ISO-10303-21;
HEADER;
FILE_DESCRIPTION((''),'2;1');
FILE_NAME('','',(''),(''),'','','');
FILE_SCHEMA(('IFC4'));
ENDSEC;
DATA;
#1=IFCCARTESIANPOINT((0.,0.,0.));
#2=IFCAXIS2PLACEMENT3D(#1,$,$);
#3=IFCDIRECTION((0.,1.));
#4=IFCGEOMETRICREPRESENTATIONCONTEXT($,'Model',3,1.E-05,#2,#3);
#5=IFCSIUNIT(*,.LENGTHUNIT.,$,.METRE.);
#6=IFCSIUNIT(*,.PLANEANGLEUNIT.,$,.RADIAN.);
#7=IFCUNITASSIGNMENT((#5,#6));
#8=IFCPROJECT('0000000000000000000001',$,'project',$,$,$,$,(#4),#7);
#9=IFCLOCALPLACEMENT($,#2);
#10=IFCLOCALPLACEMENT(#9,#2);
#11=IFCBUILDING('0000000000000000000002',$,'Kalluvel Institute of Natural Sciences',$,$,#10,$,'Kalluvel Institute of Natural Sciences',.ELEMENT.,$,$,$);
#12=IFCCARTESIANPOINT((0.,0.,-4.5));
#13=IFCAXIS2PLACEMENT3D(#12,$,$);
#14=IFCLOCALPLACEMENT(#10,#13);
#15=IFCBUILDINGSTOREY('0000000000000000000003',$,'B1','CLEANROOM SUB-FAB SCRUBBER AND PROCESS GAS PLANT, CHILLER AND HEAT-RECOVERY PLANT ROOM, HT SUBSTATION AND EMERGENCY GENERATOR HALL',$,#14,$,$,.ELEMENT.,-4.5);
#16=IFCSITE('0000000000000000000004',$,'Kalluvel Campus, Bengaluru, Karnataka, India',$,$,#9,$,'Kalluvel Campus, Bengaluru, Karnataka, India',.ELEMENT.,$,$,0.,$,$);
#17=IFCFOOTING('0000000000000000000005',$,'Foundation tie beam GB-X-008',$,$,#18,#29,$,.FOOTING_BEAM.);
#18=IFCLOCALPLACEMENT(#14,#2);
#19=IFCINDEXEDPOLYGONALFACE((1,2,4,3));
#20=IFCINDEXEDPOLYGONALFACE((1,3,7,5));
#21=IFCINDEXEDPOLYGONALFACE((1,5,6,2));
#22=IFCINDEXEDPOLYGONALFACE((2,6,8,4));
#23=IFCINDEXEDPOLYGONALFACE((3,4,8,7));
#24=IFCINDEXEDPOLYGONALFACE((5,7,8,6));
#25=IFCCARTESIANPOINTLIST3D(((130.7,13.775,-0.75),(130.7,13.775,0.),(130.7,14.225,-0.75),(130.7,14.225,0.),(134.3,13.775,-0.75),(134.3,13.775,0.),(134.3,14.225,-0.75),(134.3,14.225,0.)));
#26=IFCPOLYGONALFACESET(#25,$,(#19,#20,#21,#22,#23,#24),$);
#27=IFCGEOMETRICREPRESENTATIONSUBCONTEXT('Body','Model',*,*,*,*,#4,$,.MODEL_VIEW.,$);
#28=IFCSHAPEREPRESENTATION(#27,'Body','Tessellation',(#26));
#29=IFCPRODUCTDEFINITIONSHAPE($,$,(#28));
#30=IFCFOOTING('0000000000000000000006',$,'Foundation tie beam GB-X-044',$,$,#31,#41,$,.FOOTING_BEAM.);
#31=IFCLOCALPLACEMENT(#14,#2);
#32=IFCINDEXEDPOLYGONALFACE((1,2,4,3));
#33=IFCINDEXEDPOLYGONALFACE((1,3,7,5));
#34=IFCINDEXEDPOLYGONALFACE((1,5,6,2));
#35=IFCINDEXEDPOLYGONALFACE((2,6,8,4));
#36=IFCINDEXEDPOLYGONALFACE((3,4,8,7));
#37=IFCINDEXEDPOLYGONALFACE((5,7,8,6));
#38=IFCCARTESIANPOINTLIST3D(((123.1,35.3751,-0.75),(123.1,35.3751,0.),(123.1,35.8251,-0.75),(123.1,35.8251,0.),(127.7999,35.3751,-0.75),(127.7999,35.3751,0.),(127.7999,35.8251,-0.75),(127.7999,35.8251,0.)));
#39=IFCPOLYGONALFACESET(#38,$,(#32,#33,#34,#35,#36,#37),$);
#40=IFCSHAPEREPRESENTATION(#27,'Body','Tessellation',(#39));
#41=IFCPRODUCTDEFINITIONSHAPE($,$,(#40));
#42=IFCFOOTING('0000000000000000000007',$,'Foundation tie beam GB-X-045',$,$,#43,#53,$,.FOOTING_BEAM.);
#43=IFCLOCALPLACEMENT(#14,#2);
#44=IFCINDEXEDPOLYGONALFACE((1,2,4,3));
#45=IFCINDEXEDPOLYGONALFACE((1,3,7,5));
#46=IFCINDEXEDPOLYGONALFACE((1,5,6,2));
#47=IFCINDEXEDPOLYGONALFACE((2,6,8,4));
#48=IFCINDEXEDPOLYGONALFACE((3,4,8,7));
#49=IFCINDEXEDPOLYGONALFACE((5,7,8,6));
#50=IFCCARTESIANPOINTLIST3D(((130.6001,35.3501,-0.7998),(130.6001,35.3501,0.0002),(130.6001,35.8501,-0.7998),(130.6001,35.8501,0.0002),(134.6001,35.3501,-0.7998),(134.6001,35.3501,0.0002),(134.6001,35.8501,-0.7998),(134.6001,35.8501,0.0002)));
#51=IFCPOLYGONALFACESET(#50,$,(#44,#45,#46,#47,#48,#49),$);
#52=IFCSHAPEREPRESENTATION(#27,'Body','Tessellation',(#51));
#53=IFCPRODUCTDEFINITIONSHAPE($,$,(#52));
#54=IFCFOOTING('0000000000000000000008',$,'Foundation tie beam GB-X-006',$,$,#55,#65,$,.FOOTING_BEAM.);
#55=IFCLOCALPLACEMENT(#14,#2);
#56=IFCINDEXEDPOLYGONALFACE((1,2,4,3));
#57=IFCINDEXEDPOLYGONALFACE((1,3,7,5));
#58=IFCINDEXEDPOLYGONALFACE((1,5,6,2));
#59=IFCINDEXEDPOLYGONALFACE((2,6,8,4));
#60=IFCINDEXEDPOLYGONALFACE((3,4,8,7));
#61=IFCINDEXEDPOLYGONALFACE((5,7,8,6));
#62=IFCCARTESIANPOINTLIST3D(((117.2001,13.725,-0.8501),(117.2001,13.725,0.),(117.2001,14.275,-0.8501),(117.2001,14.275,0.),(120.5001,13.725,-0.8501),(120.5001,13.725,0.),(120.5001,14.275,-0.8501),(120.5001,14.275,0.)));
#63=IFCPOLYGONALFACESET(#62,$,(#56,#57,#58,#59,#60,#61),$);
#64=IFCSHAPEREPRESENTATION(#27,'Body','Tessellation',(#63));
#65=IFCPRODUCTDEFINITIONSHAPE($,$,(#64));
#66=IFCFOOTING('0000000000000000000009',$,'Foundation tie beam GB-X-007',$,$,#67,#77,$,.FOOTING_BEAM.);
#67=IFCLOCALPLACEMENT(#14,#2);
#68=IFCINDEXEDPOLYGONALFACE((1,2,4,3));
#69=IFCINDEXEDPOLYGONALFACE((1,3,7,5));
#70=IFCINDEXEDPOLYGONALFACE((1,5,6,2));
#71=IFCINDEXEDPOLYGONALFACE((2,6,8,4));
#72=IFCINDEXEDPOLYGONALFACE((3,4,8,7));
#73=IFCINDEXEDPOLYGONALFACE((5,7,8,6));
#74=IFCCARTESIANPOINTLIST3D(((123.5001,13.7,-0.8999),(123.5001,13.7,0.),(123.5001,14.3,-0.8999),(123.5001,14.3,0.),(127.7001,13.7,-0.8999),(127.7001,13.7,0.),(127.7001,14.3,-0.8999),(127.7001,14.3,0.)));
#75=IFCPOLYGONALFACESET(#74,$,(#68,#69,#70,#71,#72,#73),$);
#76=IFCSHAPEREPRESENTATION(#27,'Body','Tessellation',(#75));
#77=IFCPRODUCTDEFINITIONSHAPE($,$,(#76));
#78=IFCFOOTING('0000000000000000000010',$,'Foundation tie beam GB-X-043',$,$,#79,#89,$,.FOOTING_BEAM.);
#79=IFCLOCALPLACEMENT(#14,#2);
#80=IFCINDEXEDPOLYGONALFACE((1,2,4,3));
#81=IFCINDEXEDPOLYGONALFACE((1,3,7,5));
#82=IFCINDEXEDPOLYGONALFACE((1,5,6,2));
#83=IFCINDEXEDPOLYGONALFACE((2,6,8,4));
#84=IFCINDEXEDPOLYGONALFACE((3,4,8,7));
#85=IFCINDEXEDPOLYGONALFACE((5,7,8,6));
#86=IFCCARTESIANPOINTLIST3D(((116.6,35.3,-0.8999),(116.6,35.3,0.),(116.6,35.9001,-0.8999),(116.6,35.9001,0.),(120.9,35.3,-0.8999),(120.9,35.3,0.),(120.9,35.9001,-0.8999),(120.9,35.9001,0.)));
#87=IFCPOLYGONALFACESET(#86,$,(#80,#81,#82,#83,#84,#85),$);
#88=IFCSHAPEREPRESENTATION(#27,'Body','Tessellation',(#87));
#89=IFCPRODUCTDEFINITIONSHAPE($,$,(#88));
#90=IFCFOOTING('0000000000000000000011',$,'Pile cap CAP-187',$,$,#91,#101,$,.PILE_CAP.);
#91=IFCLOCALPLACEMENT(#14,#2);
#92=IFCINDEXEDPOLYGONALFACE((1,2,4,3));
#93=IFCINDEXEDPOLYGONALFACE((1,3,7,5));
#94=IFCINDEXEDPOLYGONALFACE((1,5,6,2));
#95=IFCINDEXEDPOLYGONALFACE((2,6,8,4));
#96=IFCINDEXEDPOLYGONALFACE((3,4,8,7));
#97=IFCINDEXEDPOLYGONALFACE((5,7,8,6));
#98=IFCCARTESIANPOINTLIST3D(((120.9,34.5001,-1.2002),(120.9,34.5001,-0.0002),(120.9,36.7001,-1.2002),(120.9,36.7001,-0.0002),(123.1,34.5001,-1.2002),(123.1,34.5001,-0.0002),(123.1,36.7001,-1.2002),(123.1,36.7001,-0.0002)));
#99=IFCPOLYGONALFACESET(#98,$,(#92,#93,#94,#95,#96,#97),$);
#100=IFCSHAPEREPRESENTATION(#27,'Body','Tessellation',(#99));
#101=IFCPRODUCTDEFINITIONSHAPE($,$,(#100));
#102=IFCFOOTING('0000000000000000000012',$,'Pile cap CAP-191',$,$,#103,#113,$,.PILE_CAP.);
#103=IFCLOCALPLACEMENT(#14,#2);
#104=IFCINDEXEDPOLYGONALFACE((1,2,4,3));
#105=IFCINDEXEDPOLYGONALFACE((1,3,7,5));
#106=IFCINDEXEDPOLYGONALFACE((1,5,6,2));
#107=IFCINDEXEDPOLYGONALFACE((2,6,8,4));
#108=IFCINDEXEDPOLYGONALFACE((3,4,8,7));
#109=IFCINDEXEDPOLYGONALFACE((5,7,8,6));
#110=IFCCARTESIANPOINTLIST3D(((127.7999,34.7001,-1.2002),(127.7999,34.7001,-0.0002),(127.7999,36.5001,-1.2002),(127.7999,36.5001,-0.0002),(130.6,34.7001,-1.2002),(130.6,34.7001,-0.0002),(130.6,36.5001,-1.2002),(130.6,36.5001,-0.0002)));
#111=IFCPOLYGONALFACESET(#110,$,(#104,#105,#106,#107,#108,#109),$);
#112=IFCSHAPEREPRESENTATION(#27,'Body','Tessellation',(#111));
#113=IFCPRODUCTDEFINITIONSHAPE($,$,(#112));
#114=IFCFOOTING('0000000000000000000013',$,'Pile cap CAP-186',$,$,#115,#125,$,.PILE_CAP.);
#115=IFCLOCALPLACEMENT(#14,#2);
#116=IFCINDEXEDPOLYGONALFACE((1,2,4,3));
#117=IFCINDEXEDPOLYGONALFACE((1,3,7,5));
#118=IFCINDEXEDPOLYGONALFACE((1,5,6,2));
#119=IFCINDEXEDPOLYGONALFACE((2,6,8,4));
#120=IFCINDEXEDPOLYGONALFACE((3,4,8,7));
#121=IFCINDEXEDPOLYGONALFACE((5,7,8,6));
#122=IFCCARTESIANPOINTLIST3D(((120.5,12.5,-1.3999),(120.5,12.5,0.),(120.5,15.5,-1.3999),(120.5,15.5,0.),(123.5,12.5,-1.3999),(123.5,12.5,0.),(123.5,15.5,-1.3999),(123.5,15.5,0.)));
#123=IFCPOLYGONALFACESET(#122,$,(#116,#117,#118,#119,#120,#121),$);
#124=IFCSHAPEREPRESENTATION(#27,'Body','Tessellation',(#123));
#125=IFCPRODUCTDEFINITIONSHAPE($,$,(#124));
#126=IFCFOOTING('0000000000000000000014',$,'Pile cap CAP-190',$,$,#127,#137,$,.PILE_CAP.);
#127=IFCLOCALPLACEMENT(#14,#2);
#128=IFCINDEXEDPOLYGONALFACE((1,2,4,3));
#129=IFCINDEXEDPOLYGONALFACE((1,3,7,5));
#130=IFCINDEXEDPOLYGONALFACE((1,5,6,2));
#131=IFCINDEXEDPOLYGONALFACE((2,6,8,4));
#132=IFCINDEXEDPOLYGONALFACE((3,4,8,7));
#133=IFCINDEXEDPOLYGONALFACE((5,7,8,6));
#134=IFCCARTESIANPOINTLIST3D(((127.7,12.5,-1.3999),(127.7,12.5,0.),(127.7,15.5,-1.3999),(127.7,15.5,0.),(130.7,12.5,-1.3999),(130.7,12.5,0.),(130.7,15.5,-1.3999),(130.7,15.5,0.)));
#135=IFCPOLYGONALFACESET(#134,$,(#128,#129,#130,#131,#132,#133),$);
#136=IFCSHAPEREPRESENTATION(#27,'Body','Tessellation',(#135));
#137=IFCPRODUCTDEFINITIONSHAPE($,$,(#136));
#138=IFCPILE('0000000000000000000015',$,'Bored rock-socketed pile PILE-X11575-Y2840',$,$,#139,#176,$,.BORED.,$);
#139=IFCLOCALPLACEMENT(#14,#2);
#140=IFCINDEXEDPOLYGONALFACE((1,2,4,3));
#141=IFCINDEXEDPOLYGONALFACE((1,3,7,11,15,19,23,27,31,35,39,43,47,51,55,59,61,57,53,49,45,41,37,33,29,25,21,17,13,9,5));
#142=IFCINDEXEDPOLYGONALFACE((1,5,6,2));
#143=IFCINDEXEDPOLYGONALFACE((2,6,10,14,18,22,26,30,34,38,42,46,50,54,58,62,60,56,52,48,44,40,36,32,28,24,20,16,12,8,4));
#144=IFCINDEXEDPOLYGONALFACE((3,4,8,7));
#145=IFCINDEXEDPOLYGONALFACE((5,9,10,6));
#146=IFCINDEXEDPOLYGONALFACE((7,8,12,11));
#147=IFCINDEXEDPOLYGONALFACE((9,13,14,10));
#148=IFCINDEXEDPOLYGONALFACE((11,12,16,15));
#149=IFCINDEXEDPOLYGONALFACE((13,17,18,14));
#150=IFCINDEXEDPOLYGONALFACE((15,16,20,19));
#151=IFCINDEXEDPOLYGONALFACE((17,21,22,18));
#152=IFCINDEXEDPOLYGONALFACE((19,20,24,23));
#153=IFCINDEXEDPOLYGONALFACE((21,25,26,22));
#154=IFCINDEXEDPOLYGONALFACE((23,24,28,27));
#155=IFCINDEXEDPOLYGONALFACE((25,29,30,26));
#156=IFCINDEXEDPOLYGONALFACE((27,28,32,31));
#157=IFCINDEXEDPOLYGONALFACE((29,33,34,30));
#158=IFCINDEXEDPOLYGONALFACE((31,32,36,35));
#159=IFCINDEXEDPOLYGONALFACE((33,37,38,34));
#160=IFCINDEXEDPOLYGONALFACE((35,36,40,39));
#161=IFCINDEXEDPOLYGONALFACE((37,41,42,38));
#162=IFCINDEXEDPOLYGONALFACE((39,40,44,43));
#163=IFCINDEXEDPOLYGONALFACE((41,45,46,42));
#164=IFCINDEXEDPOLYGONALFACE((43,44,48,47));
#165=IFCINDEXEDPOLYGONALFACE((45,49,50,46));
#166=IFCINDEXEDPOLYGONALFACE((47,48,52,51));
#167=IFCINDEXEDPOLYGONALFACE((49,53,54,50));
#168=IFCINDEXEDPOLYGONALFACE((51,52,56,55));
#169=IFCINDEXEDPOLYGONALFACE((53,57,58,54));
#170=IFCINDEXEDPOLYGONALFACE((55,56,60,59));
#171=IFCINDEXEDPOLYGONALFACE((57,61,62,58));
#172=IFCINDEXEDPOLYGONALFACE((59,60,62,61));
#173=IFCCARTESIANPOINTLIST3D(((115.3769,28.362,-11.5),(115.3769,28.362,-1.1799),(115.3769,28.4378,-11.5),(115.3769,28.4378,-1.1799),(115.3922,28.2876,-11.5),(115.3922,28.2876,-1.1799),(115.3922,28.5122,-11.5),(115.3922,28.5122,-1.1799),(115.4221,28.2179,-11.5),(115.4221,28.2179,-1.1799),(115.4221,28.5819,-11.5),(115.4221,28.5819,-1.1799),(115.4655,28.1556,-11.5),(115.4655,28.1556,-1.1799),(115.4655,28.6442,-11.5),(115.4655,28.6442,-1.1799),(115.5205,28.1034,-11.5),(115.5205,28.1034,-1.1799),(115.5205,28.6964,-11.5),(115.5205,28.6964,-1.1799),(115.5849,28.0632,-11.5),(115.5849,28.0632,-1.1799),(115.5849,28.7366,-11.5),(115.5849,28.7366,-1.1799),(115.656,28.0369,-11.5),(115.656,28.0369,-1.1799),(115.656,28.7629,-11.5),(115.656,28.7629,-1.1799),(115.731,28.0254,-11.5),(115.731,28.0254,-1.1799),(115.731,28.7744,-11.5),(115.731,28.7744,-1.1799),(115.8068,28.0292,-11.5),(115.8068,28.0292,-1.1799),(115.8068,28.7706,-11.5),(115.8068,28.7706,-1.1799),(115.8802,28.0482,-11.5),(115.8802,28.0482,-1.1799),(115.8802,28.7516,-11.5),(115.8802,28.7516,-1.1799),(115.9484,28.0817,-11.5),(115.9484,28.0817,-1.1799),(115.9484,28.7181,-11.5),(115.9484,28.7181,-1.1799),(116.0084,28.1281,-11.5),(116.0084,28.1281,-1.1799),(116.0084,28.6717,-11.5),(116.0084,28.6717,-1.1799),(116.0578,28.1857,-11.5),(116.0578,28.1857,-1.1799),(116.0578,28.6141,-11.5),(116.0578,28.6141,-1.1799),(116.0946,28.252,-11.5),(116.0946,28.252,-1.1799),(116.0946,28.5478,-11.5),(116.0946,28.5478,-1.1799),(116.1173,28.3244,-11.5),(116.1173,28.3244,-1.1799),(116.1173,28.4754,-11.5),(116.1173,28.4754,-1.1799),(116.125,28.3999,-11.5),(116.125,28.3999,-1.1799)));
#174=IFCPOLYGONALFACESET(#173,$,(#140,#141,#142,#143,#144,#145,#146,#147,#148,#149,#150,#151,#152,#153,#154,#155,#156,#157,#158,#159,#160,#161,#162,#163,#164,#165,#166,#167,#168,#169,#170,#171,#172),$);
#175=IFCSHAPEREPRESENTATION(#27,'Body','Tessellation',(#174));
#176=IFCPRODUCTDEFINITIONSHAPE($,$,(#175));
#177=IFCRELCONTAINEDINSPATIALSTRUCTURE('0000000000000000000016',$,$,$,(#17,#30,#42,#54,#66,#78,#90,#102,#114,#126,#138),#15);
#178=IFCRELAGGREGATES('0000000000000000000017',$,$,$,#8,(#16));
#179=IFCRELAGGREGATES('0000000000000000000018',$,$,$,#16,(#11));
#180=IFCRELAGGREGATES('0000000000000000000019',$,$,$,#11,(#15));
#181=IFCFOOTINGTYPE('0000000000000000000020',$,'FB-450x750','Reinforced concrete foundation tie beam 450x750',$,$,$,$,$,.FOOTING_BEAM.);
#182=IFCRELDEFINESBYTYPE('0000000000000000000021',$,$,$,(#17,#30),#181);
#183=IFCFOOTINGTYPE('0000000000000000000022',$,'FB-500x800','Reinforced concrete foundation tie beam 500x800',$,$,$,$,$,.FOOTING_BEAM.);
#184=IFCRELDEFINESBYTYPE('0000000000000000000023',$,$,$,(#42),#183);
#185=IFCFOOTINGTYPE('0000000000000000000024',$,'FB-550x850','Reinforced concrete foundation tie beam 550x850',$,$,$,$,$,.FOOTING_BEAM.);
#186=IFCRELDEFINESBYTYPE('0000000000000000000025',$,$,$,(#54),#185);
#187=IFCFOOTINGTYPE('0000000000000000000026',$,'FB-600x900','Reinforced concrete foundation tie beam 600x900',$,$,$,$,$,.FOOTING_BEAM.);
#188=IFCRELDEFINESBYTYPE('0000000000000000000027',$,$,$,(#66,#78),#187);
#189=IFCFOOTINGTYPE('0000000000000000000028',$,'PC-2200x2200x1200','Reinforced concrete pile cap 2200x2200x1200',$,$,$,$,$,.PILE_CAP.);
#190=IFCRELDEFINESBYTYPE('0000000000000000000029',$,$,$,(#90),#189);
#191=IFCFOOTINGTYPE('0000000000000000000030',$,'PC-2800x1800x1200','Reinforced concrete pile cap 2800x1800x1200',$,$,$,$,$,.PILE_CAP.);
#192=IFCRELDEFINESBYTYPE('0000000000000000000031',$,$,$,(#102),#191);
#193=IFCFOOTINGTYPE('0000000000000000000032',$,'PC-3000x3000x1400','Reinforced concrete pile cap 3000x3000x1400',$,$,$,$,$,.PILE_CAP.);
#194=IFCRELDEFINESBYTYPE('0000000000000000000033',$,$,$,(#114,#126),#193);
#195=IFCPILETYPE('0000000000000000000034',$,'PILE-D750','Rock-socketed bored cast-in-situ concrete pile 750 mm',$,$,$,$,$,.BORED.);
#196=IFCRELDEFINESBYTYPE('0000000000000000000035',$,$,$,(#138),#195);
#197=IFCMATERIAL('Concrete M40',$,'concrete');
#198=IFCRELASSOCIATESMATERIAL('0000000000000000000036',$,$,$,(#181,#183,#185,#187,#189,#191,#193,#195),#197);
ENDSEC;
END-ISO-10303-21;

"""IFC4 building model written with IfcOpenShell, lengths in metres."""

from ifc_helpers import new_model, si_unit, direction, frame, origin, origin_2d, place, context, subcontext, project, spatial, rectangle, circle, extrude, material, material_profile, profile_set, type_object, element, save


model = new_model("IFC4")

# Units and contexts
model_context = context("Model", 3, precision=1e-05, world=origin(), true_north=direction((0.0, 1.0)))
body_context = subcontext(model_context, "Body", "Model", "MODEL_VIEW")
ifc_project = project(units=[si_unit("LENGTHUNIT", "METRE"), si_unit("PLANEANGLEUNIT", "RADIAN")], contexts=[model_context])

# Site, building, storey
site_placement = place(None, origin())
site = spatial("IfcSite", under=ifc_project, at=site_placement, Name="Kalluvel Campus, Bengaluru, Karnataka, India", LongName="Kalluvel Campus, Bengaluru, Karnataka, India", CompositionType="ELEMENT", RefElevation=0.0)
building_placement = place(site_placement, origin())
building = spatial("IfcBuilding", under=site, at=building_placement, Name="Kalluvel Institute of Natural Sciences", LongName="Kalluvel Institute of Natural Sciences", CompositionType="ELEMENT")
storey_placement = place(building_placement, frame((0.0, 0.0, -4.5)))
storey = spatial("IfcBuildingStorey", under=building, at=storey_placement, Name="B1", Description="CLEANROOM SUB-FAB SCRUBBER AND PROCESS GAS PLANT, CHILLER AND HEAT-RECOVERY PLANT ROOM, HT SUBSTATION AND EMERGENCY GENERATOR HALL", CompositionType="ELEMENT", Elevation=-4.5)

# Footings
ifc_material_1 = material(Name="Concrete M40", Category="concrete")
footing_type_1 = type_object("IfcFootingType", Name="FB-450x750", Description="Reinforced concrete foundation tie beam 450x750", PredefinedType="FOOTING_BEAM", material=ifc_material_1)
footing_1_placement = place(storey_placement, frame((132.5, 14.0, -0.75), z_axis=(0.0, 0.0, 1.0), x_axis=(1.0, 0.0, 0.0)))
element("IfcFooting", 1, at=footing_1_placement, inside=storey, type_object=footing_type_1, Name="Foundation tie beam GB-X-008", PredefinedType="FOOTING_BEAM", context=body_context, shape_type="SweptSolid", body=[
    extrude(rectangle(XDim=3.6001, YDim=0.45, at=origin_2d()), origin(), (0.0, 0.0, 1.0), 0.75),
])
footing_2_placement = place(storey_placement, frame((125.45, 35.6001, -0.75), z_axis=(0.0, 0.0, 1.0), x_axis=(1.0, 0.0, 0.0)))
element("IfcFooting", 2, at=footing_2_placement, inside=storey, type_object=footing_type_1, Name="Foundation tie beam GB-X-044", PredefinedType="FOOTING_BEAM", context=body_context, shape_type="SweptSolid", body=[
    extrude(rectangle(XDim=4.7, YDim=0.45, at=origin_2d()), origin(), (0.0, 0.0, 1.0), 0.75),
])
footing_type_2 = type_object("IfcFootingType", Name="FB-500x800", Description="Reinforced concrete foundation tie beam 500x800", PredefinedType="FOOTING_BEAM", material=ifc_material_1)
footing_3_placement = place(storey_placement, frame((132.6001, 35.6001, -0.7998), z_axis=(0.0, 0.0, 1.0), x_axis=(1.0, 0.0, 0.0)))
element("IfcFooting", 3, at=footing_3_placement, inside=storey, type_object=footing_type_2, Name="Foundation tie beam GB-X-045", PredefinedType="FOOTING_BEAM", context=body_context, shape_type="SweptSolid", body=[
    extrude(rectangle(XDim=4.0, YDim=0.5, at=origin_2d()), origin(), (0.0, 0.0, 1.0), 0.8),
])
footing_type_3 = type_object("IfcFootingType", Name="FB-550x850", Description="Reinforced concrete foundation tie beam 550x850", PredefinedType="FOOTING_BEAM", material=ifc_material_1)
footing_4_placement = place(storey_placement, frame((118.8501, 14.0, -0.8501), z_axis=(0.0, 0.0, 1.0), x_axis=(1.0, 0.0, 0.0)))
element("IfcFooting", 4, at=footing_4_placement, inside=storey, type_object=footing_type_3, Name="Foundation tie beam GB-X-006", PredefinedType="FOOTING_BEAM", context=body_context, shape_type="SweptSolid", body=[
    extrude(rectangle(XDim=3.3, YDim=0.55, at=origin_2d()), origin(), (0.0, 0.0, 1.0), 0.8501),
])
footing_type_4 = type_object("IfcFootingType", Name="FB-600x900", Description="Reinforced concrete foundation tie beam 600x900", PredefinedType="FOOTING_BEAM", material=ifc_material_1)
footing_5_placement = place(storey_placement, frame((125.6001, 14.0, -0.8999), z_axis=(0.0, 0.0, 1.0), x_axis=(1.0, 0.0, 0.0)))
element("IfcFooting", 5, at=footing_5_placement, inside=storey, type_object=footing_type_4, Name="Foundation tie beam GB-X-007", PredefinedType="FOOTING_BEAM", context=body_context, shape_type="SweptSolid", body=[
    extrude(rectangle(XDim=4.2, YDim=0.6001, at=origin_2d()), origin(), (0.0, 0.0, 1.0), 0.8999),
])
footing_6_placement = place(storey_placement, frame((118.75, 35.6001, -0.8999), z_axis=(0.0, 0.0, 1.0), x_axis=(1.0, 0.0, 0.0)))
element("IfcFooting", 6, at=footing_6_placement, inside=storey, type_object=footing_type_4, Name="Foundation tie beam GB-X-043", PredefinedType="FOOTING_BEAM", context=body_context, shape_type="SweptSolid", body=[
    extrude(rectangle(XDim=4.3, YDim=0.6001, at=origin_2d()), origin(), (0.0, 0.0, 1.0), 0.8999),
])
footing_type_5 = type_object("IfcFootingType", Name="PC-2200x2200x1200", Description="Reinforced concrete pile cap 2200x2200x1200", PredefinedType="PILE_CAP", material=ifc_material_1)
footing_7_placement = place(storey_placement, frame((122.0, 35.6001, -1.2002), z_axis=(0.0, 0.0, 1.0), x_axis=(1.0, 0.0, 0.0)))
element("IfcFooting", 7, at=footing_7_placement, inside=storey, type_object=footing_type_5, Name="Pile cap CAP-187", PredefinedType="PILE_CAP", context=body_context, shape_type="SweptSolid", body=[
    extrude(rectangle(XDim=2.2, YDim=2.2, at=origin_2d()), origin(), (0.0, 0.0, 1.0), 1.2),
])
footing_type_6 = type_object("IfcFootingType", Name="PC-2800x1800x1200", Description="Reinforced concrete pile cap 2800x1800x1200", PredefinedType="PILE_CAP", material=ifc_material_1)
footing_8_placement = place(storey_placement, frame((129.2, 35.6001, -1.2002), z_axis=(0.0, 0.0, 1.0), x_axis=(1.0, 0.0, 0.0)))
element("IfcFooting", 8, at=footing_8_placement, inside=storey, type_object=footing_type_6, Name="Pile cap CAP-191", PredefinedType="PILE_CAP", context=body_context, shape_type="SweptSolid", body=[
    extrude(rectangle(XDim=2.8, YDim=1.8, at=origin_2d()), origin(), (0.0, 0.0, 1.0), 1.2),
])
footing_type_7 = type_object("IfcFootingType", Name="PC-3000x3000x1400", Description="Reinforced concrete pile cap 3000x3000x1400", PredefinedType="PILE_CAP", material=ifc_material_1)
for number, where, z_axis, x_axis, name in (
    (9, (122.0, 14.0, -1.3999), (0.0, 0.0, 1.0), (1.0, 0.0, 0.0), "Pile cap CAP-186"),
    (10, (129.2, 14.0, -1.3999), (0.0, 0.0, 1.0), (1.0, 0.0, 0.0), "Pile cap CAP-190"),
):
    element("IfcFooting", number, at=place(storey_placement, frame(where, z_axis=z_axis, x_axis=x_axis)), inside=storey, type_object=footing_type_7, Name=name, PredefinedType="PILE_CAP", context=body_context, shape_type="SweptSolid", body=[
        extrude(rectangle(XDim=3.0, YDim=3.0, at=origin_2d()), origin(), (0.0, 0.0, 1.0), 1.3999),
    ])

# Pile
ifc_material_profile_1 = material_profile(ifc_material_1, circle(Radius=0.375, at=origin_2d()), Name="PILE D750")
ifc_profile_set_1 = profile_set([ifc_material_profile_1], Name="Concrete M40")
pile_type_1 = type_object("IfcPileType", Name="PILE-D750", Description="Rock-socketed bored cast-in-situ concrete pile 750 mm", PredefinedType="BORED", material=ifc_profile_set_1)
pile_1_placement = place(storey_placement, frame((115.75, 28.3999, -1.1799), z_axis=(0.0, 0.0, -1.0), x_axis=(1.0, 0.0, 0.0)))
element("IfcPile", 11, at=pile_1_placement, inside=storey, type_object=pile_type_1, Name="Bored rock-socketed pile PILE-X11575-Y2840", PredefinedType="BORED", context=body_context, shape_type="SweptSolid", body=[
    extrude(circle(Radius=0.375, at=origin_2d()), origin(), (0.0, 0.0, 1.0), 10.3201),
])

save(model, "model.ifc")
